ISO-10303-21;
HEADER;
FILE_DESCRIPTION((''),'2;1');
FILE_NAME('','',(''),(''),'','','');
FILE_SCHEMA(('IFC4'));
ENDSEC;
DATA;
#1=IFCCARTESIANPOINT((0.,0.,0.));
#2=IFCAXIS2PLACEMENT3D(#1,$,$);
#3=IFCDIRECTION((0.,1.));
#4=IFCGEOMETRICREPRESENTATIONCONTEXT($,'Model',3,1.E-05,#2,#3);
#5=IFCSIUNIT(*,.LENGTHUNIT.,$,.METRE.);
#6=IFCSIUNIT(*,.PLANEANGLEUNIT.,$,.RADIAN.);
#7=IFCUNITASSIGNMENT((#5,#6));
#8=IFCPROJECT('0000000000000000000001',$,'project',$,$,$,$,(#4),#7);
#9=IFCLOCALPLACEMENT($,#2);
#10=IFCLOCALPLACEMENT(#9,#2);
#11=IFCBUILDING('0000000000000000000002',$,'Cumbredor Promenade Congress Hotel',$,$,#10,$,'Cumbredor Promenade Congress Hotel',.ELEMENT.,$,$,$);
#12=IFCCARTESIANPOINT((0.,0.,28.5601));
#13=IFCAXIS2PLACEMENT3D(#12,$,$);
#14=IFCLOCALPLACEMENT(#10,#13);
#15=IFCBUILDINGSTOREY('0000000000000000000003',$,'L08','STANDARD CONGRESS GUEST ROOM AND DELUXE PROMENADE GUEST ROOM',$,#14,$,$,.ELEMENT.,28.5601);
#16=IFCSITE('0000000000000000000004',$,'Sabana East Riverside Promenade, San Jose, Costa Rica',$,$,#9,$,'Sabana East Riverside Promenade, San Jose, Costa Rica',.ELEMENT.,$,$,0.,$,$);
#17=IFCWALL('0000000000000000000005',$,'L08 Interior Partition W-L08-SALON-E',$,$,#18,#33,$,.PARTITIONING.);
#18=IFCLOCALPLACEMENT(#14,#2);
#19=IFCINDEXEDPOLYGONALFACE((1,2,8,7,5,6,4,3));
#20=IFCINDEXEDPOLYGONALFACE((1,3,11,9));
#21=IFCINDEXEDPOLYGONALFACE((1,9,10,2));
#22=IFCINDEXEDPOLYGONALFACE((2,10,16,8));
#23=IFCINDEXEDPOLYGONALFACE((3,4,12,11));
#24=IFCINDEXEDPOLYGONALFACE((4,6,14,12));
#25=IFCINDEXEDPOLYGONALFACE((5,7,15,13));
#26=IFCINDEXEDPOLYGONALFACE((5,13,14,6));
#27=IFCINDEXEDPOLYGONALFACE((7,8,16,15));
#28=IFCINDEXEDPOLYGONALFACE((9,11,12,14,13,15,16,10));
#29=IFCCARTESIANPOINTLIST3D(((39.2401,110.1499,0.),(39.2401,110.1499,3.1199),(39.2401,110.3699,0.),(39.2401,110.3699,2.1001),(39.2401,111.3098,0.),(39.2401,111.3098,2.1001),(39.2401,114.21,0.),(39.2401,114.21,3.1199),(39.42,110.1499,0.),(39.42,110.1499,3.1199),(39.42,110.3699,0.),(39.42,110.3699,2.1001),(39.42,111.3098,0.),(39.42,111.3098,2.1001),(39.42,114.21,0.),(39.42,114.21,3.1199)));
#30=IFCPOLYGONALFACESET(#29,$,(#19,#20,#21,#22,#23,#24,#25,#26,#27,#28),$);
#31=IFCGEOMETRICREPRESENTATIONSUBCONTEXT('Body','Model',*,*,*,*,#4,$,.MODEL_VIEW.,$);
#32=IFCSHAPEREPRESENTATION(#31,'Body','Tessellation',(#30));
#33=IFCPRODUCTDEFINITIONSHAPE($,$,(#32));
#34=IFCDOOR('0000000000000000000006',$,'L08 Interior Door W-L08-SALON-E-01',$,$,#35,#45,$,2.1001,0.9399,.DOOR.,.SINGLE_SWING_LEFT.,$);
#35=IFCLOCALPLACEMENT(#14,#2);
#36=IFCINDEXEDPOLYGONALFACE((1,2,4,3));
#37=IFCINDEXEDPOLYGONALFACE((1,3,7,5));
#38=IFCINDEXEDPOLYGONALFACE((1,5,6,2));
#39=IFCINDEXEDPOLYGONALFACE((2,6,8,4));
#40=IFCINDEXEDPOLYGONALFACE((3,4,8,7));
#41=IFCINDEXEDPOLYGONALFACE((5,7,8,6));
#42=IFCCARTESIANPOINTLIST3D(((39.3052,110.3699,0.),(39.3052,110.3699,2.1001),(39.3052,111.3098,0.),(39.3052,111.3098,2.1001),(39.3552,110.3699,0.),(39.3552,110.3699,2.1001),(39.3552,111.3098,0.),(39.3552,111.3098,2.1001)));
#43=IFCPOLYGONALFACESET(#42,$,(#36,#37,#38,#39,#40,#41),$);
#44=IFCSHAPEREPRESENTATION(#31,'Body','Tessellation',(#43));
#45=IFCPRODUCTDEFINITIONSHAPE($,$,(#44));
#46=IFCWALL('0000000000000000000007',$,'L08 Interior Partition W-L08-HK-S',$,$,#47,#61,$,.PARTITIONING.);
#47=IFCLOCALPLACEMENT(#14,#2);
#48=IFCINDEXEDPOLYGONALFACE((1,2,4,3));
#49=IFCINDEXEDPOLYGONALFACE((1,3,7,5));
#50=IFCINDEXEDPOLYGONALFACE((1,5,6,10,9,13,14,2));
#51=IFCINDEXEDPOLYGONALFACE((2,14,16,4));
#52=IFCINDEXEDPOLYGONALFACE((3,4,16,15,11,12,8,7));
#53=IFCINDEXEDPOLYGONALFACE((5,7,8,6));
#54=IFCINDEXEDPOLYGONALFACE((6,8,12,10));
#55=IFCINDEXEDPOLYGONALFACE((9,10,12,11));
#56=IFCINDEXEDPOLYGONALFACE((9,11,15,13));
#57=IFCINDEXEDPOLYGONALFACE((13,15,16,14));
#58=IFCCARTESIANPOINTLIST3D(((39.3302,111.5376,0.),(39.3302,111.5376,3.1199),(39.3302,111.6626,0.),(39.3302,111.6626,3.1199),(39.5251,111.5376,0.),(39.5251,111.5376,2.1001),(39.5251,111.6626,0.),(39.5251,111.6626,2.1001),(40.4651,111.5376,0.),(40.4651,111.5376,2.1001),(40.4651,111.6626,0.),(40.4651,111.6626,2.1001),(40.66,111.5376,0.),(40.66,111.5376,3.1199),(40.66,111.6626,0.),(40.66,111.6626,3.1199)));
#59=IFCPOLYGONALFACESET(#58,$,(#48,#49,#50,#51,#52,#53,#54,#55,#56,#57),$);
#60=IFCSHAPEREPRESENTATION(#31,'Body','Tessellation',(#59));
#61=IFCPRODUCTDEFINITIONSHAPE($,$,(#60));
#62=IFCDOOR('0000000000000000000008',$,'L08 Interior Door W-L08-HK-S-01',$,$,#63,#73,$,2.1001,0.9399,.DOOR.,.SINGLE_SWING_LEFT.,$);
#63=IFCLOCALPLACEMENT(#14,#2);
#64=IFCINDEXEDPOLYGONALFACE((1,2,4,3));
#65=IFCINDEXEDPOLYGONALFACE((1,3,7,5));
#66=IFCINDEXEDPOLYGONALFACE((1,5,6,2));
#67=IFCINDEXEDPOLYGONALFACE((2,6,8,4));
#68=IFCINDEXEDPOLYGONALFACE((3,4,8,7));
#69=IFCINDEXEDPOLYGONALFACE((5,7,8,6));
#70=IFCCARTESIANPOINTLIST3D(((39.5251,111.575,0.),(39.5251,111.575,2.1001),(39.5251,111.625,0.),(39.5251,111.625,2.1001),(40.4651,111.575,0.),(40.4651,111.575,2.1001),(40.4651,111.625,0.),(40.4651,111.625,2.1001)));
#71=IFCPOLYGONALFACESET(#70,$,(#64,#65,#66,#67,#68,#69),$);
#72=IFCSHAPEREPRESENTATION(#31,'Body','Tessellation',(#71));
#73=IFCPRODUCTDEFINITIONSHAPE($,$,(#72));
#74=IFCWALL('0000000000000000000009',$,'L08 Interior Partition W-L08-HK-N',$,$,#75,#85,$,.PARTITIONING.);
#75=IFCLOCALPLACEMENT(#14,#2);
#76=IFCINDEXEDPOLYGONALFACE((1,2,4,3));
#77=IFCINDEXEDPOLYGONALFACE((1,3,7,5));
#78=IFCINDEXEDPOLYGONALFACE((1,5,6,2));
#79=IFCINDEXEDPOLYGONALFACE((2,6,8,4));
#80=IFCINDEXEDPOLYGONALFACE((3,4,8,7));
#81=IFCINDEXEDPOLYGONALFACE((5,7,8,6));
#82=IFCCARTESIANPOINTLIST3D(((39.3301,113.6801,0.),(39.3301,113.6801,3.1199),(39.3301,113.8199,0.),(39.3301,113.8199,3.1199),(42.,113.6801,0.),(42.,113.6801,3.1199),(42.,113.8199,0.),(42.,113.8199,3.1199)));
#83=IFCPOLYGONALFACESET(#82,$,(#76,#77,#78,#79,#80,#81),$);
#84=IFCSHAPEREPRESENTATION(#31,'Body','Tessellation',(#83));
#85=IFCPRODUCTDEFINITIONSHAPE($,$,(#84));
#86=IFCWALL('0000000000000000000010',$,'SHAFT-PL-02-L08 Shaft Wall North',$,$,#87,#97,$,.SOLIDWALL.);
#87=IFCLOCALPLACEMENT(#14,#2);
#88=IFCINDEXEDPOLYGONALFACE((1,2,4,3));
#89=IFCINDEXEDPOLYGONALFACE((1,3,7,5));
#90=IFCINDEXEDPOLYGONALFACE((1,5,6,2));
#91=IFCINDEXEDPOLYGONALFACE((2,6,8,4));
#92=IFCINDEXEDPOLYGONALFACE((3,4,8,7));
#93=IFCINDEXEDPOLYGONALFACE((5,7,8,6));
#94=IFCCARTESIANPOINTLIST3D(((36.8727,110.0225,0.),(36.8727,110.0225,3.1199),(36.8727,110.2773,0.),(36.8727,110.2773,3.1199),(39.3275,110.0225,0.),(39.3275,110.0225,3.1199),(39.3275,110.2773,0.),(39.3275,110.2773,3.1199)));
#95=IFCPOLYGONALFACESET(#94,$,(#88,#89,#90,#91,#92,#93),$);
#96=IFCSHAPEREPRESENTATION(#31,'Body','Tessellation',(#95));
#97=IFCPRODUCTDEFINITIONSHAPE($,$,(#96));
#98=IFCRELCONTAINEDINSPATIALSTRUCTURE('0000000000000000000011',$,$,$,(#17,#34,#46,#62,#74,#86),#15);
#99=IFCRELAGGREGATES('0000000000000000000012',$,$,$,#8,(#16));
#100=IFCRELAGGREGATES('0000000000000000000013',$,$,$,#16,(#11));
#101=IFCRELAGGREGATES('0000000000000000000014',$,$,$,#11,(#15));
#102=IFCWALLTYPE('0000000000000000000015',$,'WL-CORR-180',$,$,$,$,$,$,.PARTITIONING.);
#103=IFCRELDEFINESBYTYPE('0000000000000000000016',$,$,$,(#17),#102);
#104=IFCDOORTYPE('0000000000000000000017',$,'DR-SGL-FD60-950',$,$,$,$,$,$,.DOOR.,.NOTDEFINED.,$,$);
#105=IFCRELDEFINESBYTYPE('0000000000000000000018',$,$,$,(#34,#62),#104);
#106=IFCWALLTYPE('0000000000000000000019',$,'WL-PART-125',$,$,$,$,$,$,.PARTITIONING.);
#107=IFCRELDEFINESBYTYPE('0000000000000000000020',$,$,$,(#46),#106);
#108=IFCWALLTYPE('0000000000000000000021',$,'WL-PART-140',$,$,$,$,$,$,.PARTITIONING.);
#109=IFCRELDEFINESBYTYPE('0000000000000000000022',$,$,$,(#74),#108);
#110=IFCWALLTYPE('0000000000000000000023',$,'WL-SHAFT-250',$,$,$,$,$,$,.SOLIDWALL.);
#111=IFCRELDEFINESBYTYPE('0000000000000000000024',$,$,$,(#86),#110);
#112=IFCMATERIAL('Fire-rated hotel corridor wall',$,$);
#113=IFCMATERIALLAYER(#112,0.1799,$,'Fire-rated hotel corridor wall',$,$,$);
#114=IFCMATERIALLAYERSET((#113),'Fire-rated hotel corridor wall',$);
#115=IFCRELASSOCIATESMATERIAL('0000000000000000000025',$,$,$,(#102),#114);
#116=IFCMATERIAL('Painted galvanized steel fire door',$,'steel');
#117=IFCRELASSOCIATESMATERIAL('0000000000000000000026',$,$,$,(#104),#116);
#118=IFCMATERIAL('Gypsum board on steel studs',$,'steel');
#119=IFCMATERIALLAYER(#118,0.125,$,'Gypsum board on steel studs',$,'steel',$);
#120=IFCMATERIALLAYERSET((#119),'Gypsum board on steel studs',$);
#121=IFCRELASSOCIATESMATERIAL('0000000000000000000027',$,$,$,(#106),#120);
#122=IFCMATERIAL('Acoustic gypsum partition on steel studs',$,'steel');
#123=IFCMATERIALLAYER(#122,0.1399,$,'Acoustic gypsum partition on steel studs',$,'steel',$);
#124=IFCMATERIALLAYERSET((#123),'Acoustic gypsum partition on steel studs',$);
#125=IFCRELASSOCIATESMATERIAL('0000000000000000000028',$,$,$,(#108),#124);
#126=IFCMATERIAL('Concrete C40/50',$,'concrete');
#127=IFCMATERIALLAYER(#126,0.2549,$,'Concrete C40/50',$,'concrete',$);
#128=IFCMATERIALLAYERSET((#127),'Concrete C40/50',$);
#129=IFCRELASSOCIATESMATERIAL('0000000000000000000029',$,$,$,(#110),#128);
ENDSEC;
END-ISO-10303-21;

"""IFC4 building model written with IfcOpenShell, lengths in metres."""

from ifc_helpers import new_model, si_unit, direction, frame, frame_2d, origin, place, context, subcontext, project, spatial, rectangle, extrude, material, layer, layer_set, type_object, element, fill, save


model = new_model("IFC4")

# Units and contexts
model_context = context("Model", 3, precision=1e-05, world=origin(), true_north=direction((0.0, 1.0)))
body_context = subcontext(model_context, "Body", "Model", "MODEL_VIEW")
ifc_project = project(units=[si_unit("LENGTHUNIT", "METRE"), si_unit("PLANEANGLEUNIT", "RADIAN")], contexts=[model_context])

# Site, building, storey
site_placement = place(None, origin())
site = spatial("IfcSite", under=ifc_project, at=site_placement, Name="Sabana East Riverside Promenade, San Jose, Costa Rica", LongName="Sabana East Riverside Promenade, San Jose, Costa Rica", CompositionType="ELEMENT", RefElevation=0.0)
building_placement = place(site_placement, origin())
building = spatial("IfcBuilding", under=site, at=building_placement, Name="Cumbredor Promenade Congress Hotel", LongName="Cumbredor Promenade Congress Hotel", CompositionType="ELEMENT")
storey_placement = place(building_placement, frame((0.0, 0.0, 28.5601)))
storey = spatial("IfcBuildingStorey", under=building, at=storey_placement, Name="L08", Description="STANDARD CONGRESS GUEST ROOM AND DELUXE PROMENADE GUEST ROOM", CompositionType="ELEMENT", Elevation=28.5601)

# Shared definitions
ifc_material_1 = material(Name="Concrete C40/50", Category="concrete")

# Walls, openings, doors
ifc_material_2 = material(Name="Fire-rated hotel corridor wall")
ifc_layer_1 = layer(ifc_material_2, 0.1799, Name="Fire-rated hotel corridor wall")
ifc_layer_set_1 = layer_set([ifc_layer_1], Name="Fire-rated hotel corridor wall")
wall_type_1 = type_object("IfcWallType", Name="WL-CORR-180", PredefinedType="PARTITIONING", material=ifc_layer_set_1)
wall_1_placement = place(storey_placement, frame((39.3301, 110.1499, 0.0), z_axis=(0.0, 0.0, 1.0), x_axis=(0.0, 1.0, 0.0)))
wall_1 = element("IfcWall", 1, at=wall_1_placement, inside=storey, type_object=wall_type_1, Name="L08 Interior Partition W-L08-SALON-E", PredefinedType="PARTITIONING", context=body_context, shape_type="SweptSolid", body=[
    extrude(rectangle(XDim=4.0601, YDim=0.1799, at=frame_2d((2.03, 0.0))), origin(), (0.0, 0.0, 1.0), 3.1199),
])
opening_1_placement = place(wall_1_placement, frame((0.22, 0.0, 0.0)))
opening_1 = element("IfcOpeningElement", 2, at=opening_1_placement, cuts=wall_1, PredefinedType="OPENING", context=body_context, shape_type="SweptSolid", body=[
    extrude(rectangle(XDim=0.9399, YDim=2.1001, at=frame_2d((0.47, 1.05))), frame((0.0, 0.1001, 0.0), z_axis=(0.0, -1.0, 0.0), x_axis=(1.0, 0.0, 0.0)), (0.0, 0.0, 1.0), 0.2),
])
ifc_material_3 = material(Name="Painted galvanized steel fire door", Category="steel")
door_type = type_object("IfcDoorType", Name="DR-SGL-FD60-950", OperationType="NOTDEFINED", PredefinedType="DOOR", material=ifc_material_3)
door_1_placement = place(opening_1_placement, origin())
door_1 = element("IfcDoor", 3, at=door_1_placement, inside=storey, type_object=door_type, Name="L08 Interior Door W-L08-SALON-E-01", OperationType="SINGLE_SWING_LEFT", OverallHeight=2.1001, OverallWidth=0.9399, PredefinedType="DOOR", context=body_context, shape_type="SweptSolid", body=[
    extrude(rectangle(XDim=0.9399, YDim=2.1001, at=frame_2d((0.47, 1.05))), frame((0.0, 0.0249, 0.0), z_axis=(0.0, -1.0, 0.0), x_axis=(1.0, 0.0, 0.0)), (0.0, 0.0, 1.0), 0.05),
])
fill(opening_1, door_1)
ifc_material_4 = material(Name="Gypsum board on steel studs", Category="steel")
ifc_layer_2 = layer(ifc_material_4, 0.125, Name="Gypsum board on steel studs", Category="steel")
ifc_layer_set_2 = layer_set([ifc_layer_2], Name="Gypsum board on steel studs")
wall_type_2 = type_object("IfcWallType", Name="WL-PART-125", PredefinedType="PARTITIONING", material=ifc_layer_set_2)
wall_2_placement = place(storey_placement, frame((39.3301, 111.6001, 0.0), z_axis=(0.0, 0.0, 1.0), x_axis=(1.0, 0.0, 0.0)))
wall_2 = element("IfcWall", 4, at=wall_2_placement, inside=storey, type_object=wall_type_2, Name="L08 Interior Partition W-L08-HK-S", PredefinedType="PARTITIONING", context=body_context, shape_type="SweptSolid", body=[
    extrude(rectangle(XDim=1.3298, YDim=0.125, at=frame_2d((0.665, 0.0))), origin(), (0.0, 0.0, 1.0), 3.1199),
])
opening_2_placement = place(wall_2_placement, frame((0.1951, 0.0, 0.0)))
opening_2 = element("IfcOpeningElement", 5, at=opening_2_placement, cuts=wall_2, PredefinedType="OPENING", context=body_context, shape_type="SweptSolid", body=[
    extrude(rectangle(XDim=0.9399, YDim=2.1001, at=frame_2d((0.47, 1.05))), frame((0.0, 0.0725, 0.0), z_axis=(0.0, -1.0, 0.0), x_axis=(1.0, 0.0, 0.0)), (0.0, 0.0, 1.0), 0.145),
])
door_2_placement = place(opening_2_placement, origin())
door_2 = element("IfcDoor", 6, at=door_2_placement, inside=storey, type_object=door_type, Name="L08 Interior Door W-L08-HK-S-01", OperationType="SINGLE_SWING_LEFT", OverallHeight=2.1001, OverallWidth=0.9399, PredefinedType="DOOR", context=body_context, shape_type="SweptSolid", body=[
    extrude(rectangle(XDim=0.9399, YDim=2.1001, at=frame_2d((0.47, 1.05))), frame((0.0, 0.0249, 0.0), z_axis=(0.0, -1.0, 0.0), x_axis=(1.0, 0.0, 0.0)), (0.0, 0.0, 1.0), 0.05),
])
fill(opening_2, door_2)

# Walls
ifc_material_5 = material(Name="Acoustic gypsum partition on steel studs", Category="steel")
ifc_layer_3 = layer(ifc_material_5, 0.1399, Name="Acoustic gypsum partition on steel studs", Category="steel")
ifc_layer_set_3 = layer_set([ifc_layer_3], Name="Acoustic gypsum partition on steel studs")
wall_type_3 = type_object("IfcWallType", Name="WL-PART-140", PredefinedType="PARTITIONING", material=ifc_layer_set_3)
wall_3_placement = place(storey_placement, frame((39.3301, 113.75, 0.0), z_axis=(0.0, 0.0, 1.0), x_axis=(1.0, 0.0, 0.0)))
element("IfcWall", 7, at=wall_3_placement, inside=storey, type_object=wall_type_3, Name="L08 Interior Partition W-L08-HK-N", PredefinedType="PARTITIONING", context=body_context, shape_type="SweptSolid", body=[
    extrude(rectangle(XDim=2.6699, YDim=0.1399, at=frame_2d((1.335, 0.0))), origin(), (0.0, 0.0, 1.0), 3.1199),
])
ifc_layer_4 = layer(ifc_material_1, 0.2549, Name="Concrete C40/50", Category="concrete")
ifc_layer_set_4 = layer_set([ifc_layer_4], Name="Concrete C40/50")
wall_type_4 = type_object("IfcWallType", Name="WL-SHAFT-250", PredefinedType="SOLIDWALL", material=ifc_layer_set_4)
wall_4_placement = place(storey_placement, frame((36.8726, 110.1499, 0.0), z_axis=(0.0, 0.0, 1.0), x_axis=(1.0, 0.0, 0.0)))
element("IfcWall", 8, at=wall_4_placement, inside=storey, type_object=wall_type_4, Name="SHAFT-PL-02-L08 Shaft Wall North", PredefinedType="SOLIDWALL", context=body_context, shape_type="SweptSolid", body=[
    extrude(rectangle(XDim=2.4548, YDim=0.2549, at=frame_2d((1.2275, 0.0))), origin(), (0.0, 0.0, 1.0), 3.1199),
])

save(model, "model.ifc")
